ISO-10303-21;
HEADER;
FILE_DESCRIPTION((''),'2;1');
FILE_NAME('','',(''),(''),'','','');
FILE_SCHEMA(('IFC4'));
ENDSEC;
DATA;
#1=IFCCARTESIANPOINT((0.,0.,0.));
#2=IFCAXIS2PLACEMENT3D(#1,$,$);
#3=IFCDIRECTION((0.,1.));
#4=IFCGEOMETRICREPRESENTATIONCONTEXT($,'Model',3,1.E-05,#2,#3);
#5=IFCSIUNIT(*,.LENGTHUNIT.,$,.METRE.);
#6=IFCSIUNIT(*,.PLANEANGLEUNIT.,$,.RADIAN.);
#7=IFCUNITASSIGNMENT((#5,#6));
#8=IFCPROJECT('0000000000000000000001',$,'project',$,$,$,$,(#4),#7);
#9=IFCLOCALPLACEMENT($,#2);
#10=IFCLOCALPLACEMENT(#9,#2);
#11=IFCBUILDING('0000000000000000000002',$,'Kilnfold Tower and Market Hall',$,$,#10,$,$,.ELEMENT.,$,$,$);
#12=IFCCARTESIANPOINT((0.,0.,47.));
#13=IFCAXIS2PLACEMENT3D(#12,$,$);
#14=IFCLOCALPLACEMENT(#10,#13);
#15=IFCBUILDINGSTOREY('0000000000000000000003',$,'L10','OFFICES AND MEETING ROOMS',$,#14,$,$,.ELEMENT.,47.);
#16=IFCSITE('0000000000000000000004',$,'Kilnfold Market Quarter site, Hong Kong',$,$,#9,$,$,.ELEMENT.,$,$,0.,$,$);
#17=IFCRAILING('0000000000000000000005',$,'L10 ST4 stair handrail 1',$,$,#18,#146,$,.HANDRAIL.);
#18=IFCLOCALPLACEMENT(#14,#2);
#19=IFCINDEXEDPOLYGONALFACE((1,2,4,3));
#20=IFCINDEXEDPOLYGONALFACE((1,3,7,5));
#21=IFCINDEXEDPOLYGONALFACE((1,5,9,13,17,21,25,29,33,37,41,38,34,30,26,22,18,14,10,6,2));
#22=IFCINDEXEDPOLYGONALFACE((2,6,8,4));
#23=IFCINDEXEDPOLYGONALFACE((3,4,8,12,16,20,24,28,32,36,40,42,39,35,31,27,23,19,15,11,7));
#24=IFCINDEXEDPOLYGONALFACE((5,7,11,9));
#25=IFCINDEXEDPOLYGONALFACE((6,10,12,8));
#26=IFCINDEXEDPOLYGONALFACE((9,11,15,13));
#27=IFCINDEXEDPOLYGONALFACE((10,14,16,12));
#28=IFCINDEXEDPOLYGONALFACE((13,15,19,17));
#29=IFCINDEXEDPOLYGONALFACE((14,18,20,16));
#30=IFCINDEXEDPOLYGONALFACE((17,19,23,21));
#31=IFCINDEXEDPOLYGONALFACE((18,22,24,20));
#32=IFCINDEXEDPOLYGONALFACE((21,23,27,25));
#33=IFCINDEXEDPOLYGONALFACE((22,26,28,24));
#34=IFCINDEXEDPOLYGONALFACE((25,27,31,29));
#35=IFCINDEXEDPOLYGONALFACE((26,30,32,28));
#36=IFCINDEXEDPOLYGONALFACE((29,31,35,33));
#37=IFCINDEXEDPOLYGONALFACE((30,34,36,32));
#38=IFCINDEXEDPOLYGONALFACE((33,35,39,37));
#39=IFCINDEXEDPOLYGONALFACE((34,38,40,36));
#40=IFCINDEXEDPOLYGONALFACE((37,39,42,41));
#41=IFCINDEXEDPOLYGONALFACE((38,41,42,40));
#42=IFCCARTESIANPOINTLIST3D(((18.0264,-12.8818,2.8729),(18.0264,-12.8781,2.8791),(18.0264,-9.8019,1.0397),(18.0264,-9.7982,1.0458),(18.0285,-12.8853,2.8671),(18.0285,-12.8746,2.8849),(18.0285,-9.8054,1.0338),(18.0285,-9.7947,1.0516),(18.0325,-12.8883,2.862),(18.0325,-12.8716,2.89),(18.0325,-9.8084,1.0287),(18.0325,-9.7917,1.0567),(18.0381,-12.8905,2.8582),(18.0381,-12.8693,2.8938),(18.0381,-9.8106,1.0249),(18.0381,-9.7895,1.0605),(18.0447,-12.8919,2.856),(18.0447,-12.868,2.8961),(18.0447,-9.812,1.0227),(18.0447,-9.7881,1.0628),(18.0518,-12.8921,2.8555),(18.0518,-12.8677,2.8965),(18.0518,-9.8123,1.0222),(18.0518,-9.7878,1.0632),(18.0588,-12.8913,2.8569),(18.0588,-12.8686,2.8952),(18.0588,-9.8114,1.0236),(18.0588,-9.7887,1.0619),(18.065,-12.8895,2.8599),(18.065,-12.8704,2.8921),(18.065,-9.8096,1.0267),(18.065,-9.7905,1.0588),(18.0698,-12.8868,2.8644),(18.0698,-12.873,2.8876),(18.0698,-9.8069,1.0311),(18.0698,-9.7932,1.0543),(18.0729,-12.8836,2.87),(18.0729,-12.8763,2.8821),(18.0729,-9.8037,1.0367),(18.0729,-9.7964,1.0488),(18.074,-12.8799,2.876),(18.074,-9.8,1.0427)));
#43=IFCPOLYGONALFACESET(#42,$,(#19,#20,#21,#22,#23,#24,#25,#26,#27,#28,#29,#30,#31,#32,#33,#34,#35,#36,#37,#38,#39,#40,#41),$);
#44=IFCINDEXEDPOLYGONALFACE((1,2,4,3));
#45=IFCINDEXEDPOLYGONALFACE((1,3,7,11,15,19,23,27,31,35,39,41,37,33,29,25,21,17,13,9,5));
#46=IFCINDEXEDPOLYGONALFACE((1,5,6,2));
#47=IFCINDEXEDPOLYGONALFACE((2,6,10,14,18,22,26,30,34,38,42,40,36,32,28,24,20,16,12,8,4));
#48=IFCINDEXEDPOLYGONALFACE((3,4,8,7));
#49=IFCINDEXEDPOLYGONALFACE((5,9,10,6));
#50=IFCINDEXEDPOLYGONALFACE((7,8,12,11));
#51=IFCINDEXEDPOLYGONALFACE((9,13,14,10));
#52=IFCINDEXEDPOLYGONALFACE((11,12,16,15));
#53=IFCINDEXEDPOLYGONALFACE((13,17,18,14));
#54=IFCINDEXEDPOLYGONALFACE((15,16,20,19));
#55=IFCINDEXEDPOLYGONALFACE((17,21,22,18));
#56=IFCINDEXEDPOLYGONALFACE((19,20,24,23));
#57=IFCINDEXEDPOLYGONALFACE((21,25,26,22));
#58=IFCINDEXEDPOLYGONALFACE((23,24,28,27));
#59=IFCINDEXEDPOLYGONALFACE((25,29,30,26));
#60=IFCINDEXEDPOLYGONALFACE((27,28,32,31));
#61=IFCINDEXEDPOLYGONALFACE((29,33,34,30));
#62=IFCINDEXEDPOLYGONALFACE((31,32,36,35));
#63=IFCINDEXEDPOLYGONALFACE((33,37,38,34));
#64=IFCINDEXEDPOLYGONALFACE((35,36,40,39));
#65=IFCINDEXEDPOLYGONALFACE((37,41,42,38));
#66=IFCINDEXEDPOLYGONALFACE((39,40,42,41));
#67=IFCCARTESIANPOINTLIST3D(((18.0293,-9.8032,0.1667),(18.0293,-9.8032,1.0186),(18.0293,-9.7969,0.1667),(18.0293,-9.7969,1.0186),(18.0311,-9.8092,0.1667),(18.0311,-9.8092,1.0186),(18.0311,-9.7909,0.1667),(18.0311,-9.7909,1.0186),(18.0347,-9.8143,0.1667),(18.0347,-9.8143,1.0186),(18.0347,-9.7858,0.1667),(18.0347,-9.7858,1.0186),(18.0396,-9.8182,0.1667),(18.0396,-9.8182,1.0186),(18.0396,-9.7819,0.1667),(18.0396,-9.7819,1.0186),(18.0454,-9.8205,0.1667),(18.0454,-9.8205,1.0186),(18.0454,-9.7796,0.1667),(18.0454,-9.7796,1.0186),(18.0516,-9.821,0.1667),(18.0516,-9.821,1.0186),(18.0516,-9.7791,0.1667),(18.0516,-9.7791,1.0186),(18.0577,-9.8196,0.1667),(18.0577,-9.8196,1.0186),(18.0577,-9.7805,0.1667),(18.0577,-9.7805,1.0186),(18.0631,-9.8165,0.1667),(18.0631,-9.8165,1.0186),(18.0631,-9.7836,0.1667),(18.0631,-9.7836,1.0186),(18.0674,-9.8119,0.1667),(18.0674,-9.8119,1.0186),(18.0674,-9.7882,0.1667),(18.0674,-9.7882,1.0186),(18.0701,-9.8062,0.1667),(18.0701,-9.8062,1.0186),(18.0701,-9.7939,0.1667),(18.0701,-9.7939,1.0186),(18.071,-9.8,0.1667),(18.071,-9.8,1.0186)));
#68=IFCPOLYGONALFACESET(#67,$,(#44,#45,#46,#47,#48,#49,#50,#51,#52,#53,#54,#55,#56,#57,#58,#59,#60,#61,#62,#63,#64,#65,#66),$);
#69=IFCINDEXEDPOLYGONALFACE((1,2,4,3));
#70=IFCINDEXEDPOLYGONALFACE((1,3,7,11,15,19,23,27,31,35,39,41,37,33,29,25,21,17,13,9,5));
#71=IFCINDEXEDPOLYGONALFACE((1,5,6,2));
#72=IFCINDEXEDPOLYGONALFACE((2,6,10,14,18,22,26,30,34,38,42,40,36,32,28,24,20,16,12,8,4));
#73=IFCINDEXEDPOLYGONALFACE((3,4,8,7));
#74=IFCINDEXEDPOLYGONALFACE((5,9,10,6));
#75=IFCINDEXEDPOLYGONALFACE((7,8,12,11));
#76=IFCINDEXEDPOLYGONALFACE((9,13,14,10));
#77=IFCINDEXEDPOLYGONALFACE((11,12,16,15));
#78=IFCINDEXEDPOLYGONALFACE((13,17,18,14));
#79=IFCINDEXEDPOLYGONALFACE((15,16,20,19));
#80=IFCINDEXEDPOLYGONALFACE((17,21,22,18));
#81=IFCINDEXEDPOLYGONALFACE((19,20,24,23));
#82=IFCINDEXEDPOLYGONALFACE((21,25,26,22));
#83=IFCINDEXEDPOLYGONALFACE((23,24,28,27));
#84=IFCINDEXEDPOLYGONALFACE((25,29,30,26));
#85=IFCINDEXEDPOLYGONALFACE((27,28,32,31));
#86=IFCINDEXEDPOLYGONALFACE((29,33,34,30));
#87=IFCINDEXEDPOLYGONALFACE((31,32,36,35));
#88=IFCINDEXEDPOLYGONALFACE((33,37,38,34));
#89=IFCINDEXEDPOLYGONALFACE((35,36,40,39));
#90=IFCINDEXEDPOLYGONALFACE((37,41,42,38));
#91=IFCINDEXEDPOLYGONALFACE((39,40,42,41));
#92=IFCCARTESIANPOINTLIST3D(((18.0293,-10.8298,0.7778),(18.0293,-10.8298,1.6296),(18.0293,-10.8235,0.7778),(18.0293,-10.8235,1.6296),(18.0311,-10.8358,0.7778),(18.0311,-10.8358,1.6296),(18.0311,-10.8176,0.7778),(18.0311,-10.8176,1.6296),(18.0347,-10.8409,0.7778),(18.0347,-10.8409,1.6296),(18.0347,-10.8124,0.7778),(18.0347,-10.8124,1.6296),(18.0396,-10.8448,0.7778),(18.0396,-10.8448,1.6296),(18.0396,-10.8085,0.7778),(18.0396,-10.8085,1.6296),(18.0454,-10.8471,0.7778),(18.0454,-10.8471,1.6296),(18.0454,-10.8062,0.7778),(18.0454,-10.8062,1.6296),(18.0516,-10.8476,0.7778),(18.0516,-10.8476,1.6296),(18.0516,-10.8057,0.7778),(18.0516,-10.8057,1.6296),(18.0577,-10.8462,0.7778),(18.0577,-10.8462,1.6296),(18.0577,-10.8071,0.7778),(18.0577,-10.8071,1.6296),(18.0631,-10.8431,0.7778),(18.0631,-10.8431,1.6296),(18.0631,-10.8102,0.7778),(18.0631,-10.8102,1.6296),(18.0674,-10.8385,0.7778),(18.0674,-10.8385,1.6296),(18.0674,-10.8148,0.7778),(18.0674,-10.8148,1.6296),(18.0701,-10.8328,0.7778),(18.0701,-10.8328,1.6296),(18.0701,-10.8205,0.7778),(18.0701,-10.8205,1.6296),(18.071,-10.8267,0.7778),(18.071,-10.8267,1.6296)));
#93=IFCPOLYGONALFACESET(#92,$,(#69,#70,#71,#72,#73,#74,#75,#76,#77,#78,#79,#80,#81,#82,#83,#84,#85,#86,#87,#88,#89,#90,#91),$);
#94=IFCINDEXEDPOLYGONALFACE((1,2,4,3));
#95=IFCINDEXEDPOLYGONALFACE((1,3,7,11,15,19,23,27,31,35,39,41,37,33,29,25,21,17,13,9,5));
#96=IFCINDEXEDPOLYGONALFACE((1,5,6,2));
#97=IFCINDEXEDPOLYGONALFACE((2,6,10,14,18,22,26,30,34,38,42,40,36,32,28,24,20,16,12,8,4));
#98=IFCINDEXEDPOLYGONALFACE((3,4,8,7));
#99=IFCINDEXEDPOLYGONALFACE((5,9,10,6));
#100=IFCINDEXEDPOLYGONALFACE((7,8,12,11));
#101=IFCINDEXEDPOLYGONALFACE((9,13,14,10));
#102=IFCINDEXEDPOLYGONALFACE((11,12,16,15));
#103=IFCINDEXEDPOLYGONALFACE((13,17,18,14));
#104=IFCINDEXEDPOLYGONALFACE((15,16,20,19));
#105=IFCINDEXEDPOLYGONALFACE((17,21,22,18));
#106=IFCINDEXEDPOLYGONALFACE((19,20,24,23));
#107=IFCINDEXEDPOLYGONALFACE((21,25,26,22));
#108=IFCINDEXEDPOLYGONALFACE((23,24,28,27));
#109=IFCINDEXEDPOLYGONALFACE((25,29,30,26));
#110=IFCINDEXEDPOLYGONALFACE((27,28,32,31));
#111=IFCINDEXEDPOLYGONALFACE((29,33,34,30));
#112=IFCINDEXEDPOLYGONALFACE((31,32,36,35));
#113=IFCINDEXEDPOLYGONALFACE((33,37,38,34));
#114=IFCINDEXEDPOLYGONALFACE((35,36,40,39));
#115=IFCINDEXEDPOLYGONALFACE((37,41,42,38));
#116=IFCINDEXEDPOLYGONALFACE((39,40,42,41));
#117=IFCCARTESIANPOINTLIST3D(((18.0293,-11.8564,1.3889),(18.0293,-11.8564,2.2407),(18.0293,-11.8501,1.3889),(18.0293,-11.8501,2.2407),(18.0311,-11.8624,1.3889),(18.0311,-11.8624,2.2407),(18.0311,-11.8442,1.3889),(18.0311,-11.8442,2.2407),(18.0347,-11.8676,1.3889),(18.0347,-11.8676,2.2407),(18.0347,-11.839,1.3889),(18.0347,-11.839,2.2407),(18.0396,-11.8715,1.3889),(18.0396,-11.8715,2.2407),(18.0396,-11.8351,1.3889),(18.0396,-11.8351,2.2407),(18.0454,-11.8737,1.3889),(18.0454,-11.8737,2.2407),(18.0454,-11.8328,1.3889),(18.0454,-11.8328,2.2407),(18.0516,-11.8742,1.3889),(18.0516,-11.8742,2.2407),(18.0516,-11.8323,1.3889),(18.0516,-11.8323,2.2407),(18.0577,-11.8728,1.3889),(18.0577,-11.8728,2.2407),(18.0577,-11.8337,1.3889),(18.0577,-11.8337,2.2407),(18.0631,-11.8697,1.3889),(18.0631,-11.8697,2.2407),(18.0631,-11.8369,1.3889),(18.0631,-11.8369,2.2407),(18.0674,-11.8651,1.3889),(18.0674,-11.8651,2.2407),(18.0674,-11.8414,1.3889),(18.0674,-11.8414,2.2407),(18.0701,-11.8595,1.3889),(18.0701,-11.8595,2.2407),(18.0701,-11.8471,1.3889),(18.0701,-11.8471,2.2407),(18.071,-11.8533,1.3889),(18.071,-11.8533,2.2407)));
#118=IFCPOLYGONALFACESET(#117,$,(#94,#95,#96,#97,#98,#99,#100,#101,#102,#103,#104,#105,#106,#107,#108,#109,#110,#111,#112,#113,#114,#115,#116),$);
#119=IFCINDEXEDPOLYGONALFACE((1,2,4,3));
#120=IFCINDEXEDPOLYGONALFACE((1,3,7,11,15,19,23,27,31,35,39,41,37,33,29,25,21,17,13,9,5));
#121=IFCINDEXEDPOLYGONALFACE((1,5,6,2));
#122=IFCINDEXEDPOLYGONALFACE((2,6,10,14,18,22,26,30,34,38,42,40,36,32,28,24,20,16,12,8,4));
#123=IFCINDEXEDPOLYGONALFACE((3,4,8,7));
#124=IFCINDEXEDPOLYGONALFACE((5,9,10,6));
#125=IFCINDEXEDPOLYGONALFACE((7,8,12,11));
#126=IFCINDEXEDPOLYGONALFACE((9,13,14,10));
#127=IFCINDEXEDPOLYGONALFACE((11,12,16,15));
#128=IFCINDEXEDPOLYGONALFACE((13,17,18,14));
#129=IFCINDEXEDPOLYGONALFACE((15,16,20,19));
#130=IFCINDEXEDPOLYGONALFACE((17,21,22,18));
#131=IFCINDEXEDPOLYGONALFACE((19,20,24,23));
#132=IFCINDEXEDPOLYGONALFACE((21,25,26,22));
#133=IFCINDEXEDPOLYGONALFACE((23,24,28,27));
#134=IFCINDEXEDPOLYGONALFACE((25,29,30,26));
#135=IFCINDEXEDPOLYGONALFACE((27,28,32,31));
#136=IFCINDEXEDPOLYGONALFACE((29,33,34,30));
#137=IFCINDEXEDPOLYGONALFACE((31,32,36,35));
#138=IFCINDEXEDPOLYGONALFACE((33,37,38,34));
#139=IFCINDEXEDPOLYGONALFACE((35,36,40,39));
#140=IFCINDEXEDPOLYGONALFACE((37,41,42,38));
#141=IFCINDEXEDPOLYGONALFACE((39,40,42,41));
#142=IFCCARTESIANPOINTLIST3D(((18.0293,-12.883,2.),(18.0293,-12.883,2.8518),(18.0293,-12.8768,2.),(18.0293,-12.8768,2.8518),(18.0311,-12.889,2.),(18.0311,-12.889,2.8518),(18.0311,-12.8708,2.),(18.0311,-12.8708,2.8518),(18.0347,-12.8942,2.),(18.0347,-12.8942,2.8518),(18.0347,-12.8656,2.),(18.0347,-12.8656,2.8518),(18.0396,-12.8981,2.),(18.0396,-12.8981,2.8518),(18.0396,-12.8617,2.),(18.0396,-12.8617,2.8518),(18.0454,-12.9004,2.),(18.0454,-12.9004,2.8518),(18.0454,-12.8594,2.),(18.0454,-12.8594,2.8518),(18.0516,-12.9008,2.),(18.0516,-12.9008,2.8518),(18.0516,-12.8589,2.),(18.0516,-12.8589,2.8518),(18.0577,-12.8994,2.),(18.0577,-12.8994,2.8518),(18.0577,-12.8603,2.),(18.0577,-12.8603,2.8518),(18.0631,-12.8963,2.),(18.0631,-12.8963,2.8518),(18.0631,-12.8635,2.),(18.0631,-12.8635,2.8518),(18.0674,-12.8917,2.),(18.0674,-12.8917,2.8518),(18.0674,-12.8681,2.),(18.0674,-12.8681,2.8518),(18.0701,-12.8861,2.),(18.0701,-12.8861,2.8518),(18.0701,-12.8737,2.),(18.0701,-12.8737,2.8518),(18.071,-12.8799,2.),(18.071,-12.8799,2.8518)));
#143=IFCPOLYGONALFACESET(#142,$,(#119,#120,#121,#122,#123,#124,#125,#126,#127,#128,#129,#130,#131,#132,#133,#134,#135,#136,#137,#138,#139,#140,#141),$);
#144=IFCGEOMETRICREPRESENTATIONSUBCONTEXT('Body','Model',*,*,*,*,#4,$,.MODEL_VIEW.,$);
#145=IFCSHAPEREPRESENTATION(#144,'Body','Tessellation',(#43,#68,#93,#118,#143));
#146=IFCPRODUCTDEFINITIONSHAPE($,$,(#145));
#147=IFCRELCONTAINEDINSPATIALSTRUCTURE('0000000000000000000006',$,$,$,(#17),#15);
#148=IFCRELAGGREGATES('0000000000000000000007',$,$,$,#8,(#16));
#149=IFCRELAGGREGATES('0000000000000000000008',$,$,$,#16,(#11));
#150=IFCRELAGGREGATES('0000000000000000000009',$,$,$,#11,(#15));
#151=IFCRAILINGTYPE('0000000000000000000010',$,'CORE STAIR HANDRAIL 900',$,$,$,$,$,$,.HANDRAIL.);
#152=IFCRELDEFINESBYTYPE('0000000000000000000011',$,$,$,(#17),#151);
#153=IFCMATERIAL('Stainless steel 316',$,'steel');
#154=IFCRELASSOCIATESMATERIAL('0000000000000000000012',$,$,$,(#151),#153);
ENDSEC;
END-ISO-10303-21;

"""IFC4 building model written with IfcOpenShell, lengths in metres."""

from ifc_helpers import new_model, si_unit, direction, frame, origin, origin_2d, place, context, subcontext, project, spatial, circle, extrude, material, type_object, element, save


model = new_model("IFC4")

# Units and contexts
model_context = context("Model", 3, precision=1e-05, world=origin(), true_north=direction((0.0, 1.0)))
body_context = subcontext(model_context, "Body", "Model", "MODEL_VIEW")
ifc_project = project(units=[si_unit("LENGTHUNIT", "METRE"), si_unit("PLANEANGLEUNIT", "RADIAN")], contexts=[model_context])

# Site, building, storey
site_placement = place(None, origin())
site = spatial("IfcSite", under=ifc_project, at=site_placement, Name="Kilnfold Market Quarter site, Hong Kong", CompositionType="ELEMENT", RefElevation=0.0)
building_placement = place(site_placement, origin())
building = spatial("IfcBuilding", under=site, at=building_placement, Name="Kilnfold Tower and Market Hall", CompositionType="ELEMENT")
storey_placement = place(building_placement, frame((0.0, 0.0, 47.0)))
storey = spatial("IfcBuildingStorey", under=building, at=storey_placement, Name="L10", Description="OFFICES AND MEETING ROOMS", CompositionType="ELEMENT", Elevation=47.0)

# Railing
ifc_material_1 = material(Name="Stainless steel 316", Category="steel")
railing_type_1 = type_object("IfcRailingType", Name="CORE STAIR HANDRAIL 900", PredefinedType="HANDRAIL", material=ifc_material_1)
railing_1_placement = place(storey_placement, frame((18.05, -9.8, 0.1667)))
element("IfcRailing", 1, at=railing_1_placement, inside=storey, type_object=railing_type_1, Name="L10 ST4 stair handrail 1", PredefinedType="HANDRAIL", context=body_context, shape_type="SweptSolid", body=[
    extrude(circle(Radius=0.0239, at=origin_2d()), frame((0.0, 0.0, 0.876), z_axis=(0.0, -0.859291, 0.511487), x_axis=(1.0, 0.0, 0.0)), (0.0, 0.0, 1.0), 3.5842),
    extrude(circle(Radius=0.021, at=origin_2d()), origin(), (0.0, 0.0, 1.0), 0.8518),
    extrude(circle(Radius=0.021, at=origin_2d()), frame((0.0, -1.0266, 0.6111)), (0.0, 0.0, 1.0), 0.8518),
    extrude(circle(Radius=0.021, at=origin_2d()), frame((0.0, -2.0532, 1.2222)), (0.0, 0.0, 1.0), 0.8518),
    extrude(circle(Radius=0.021, at=origin_2d()), frame((0.0, -3.0798, 1.8333)), (0.0, 0.0, 1.0), 0.8518),
])

save(model, "model.ifc")
